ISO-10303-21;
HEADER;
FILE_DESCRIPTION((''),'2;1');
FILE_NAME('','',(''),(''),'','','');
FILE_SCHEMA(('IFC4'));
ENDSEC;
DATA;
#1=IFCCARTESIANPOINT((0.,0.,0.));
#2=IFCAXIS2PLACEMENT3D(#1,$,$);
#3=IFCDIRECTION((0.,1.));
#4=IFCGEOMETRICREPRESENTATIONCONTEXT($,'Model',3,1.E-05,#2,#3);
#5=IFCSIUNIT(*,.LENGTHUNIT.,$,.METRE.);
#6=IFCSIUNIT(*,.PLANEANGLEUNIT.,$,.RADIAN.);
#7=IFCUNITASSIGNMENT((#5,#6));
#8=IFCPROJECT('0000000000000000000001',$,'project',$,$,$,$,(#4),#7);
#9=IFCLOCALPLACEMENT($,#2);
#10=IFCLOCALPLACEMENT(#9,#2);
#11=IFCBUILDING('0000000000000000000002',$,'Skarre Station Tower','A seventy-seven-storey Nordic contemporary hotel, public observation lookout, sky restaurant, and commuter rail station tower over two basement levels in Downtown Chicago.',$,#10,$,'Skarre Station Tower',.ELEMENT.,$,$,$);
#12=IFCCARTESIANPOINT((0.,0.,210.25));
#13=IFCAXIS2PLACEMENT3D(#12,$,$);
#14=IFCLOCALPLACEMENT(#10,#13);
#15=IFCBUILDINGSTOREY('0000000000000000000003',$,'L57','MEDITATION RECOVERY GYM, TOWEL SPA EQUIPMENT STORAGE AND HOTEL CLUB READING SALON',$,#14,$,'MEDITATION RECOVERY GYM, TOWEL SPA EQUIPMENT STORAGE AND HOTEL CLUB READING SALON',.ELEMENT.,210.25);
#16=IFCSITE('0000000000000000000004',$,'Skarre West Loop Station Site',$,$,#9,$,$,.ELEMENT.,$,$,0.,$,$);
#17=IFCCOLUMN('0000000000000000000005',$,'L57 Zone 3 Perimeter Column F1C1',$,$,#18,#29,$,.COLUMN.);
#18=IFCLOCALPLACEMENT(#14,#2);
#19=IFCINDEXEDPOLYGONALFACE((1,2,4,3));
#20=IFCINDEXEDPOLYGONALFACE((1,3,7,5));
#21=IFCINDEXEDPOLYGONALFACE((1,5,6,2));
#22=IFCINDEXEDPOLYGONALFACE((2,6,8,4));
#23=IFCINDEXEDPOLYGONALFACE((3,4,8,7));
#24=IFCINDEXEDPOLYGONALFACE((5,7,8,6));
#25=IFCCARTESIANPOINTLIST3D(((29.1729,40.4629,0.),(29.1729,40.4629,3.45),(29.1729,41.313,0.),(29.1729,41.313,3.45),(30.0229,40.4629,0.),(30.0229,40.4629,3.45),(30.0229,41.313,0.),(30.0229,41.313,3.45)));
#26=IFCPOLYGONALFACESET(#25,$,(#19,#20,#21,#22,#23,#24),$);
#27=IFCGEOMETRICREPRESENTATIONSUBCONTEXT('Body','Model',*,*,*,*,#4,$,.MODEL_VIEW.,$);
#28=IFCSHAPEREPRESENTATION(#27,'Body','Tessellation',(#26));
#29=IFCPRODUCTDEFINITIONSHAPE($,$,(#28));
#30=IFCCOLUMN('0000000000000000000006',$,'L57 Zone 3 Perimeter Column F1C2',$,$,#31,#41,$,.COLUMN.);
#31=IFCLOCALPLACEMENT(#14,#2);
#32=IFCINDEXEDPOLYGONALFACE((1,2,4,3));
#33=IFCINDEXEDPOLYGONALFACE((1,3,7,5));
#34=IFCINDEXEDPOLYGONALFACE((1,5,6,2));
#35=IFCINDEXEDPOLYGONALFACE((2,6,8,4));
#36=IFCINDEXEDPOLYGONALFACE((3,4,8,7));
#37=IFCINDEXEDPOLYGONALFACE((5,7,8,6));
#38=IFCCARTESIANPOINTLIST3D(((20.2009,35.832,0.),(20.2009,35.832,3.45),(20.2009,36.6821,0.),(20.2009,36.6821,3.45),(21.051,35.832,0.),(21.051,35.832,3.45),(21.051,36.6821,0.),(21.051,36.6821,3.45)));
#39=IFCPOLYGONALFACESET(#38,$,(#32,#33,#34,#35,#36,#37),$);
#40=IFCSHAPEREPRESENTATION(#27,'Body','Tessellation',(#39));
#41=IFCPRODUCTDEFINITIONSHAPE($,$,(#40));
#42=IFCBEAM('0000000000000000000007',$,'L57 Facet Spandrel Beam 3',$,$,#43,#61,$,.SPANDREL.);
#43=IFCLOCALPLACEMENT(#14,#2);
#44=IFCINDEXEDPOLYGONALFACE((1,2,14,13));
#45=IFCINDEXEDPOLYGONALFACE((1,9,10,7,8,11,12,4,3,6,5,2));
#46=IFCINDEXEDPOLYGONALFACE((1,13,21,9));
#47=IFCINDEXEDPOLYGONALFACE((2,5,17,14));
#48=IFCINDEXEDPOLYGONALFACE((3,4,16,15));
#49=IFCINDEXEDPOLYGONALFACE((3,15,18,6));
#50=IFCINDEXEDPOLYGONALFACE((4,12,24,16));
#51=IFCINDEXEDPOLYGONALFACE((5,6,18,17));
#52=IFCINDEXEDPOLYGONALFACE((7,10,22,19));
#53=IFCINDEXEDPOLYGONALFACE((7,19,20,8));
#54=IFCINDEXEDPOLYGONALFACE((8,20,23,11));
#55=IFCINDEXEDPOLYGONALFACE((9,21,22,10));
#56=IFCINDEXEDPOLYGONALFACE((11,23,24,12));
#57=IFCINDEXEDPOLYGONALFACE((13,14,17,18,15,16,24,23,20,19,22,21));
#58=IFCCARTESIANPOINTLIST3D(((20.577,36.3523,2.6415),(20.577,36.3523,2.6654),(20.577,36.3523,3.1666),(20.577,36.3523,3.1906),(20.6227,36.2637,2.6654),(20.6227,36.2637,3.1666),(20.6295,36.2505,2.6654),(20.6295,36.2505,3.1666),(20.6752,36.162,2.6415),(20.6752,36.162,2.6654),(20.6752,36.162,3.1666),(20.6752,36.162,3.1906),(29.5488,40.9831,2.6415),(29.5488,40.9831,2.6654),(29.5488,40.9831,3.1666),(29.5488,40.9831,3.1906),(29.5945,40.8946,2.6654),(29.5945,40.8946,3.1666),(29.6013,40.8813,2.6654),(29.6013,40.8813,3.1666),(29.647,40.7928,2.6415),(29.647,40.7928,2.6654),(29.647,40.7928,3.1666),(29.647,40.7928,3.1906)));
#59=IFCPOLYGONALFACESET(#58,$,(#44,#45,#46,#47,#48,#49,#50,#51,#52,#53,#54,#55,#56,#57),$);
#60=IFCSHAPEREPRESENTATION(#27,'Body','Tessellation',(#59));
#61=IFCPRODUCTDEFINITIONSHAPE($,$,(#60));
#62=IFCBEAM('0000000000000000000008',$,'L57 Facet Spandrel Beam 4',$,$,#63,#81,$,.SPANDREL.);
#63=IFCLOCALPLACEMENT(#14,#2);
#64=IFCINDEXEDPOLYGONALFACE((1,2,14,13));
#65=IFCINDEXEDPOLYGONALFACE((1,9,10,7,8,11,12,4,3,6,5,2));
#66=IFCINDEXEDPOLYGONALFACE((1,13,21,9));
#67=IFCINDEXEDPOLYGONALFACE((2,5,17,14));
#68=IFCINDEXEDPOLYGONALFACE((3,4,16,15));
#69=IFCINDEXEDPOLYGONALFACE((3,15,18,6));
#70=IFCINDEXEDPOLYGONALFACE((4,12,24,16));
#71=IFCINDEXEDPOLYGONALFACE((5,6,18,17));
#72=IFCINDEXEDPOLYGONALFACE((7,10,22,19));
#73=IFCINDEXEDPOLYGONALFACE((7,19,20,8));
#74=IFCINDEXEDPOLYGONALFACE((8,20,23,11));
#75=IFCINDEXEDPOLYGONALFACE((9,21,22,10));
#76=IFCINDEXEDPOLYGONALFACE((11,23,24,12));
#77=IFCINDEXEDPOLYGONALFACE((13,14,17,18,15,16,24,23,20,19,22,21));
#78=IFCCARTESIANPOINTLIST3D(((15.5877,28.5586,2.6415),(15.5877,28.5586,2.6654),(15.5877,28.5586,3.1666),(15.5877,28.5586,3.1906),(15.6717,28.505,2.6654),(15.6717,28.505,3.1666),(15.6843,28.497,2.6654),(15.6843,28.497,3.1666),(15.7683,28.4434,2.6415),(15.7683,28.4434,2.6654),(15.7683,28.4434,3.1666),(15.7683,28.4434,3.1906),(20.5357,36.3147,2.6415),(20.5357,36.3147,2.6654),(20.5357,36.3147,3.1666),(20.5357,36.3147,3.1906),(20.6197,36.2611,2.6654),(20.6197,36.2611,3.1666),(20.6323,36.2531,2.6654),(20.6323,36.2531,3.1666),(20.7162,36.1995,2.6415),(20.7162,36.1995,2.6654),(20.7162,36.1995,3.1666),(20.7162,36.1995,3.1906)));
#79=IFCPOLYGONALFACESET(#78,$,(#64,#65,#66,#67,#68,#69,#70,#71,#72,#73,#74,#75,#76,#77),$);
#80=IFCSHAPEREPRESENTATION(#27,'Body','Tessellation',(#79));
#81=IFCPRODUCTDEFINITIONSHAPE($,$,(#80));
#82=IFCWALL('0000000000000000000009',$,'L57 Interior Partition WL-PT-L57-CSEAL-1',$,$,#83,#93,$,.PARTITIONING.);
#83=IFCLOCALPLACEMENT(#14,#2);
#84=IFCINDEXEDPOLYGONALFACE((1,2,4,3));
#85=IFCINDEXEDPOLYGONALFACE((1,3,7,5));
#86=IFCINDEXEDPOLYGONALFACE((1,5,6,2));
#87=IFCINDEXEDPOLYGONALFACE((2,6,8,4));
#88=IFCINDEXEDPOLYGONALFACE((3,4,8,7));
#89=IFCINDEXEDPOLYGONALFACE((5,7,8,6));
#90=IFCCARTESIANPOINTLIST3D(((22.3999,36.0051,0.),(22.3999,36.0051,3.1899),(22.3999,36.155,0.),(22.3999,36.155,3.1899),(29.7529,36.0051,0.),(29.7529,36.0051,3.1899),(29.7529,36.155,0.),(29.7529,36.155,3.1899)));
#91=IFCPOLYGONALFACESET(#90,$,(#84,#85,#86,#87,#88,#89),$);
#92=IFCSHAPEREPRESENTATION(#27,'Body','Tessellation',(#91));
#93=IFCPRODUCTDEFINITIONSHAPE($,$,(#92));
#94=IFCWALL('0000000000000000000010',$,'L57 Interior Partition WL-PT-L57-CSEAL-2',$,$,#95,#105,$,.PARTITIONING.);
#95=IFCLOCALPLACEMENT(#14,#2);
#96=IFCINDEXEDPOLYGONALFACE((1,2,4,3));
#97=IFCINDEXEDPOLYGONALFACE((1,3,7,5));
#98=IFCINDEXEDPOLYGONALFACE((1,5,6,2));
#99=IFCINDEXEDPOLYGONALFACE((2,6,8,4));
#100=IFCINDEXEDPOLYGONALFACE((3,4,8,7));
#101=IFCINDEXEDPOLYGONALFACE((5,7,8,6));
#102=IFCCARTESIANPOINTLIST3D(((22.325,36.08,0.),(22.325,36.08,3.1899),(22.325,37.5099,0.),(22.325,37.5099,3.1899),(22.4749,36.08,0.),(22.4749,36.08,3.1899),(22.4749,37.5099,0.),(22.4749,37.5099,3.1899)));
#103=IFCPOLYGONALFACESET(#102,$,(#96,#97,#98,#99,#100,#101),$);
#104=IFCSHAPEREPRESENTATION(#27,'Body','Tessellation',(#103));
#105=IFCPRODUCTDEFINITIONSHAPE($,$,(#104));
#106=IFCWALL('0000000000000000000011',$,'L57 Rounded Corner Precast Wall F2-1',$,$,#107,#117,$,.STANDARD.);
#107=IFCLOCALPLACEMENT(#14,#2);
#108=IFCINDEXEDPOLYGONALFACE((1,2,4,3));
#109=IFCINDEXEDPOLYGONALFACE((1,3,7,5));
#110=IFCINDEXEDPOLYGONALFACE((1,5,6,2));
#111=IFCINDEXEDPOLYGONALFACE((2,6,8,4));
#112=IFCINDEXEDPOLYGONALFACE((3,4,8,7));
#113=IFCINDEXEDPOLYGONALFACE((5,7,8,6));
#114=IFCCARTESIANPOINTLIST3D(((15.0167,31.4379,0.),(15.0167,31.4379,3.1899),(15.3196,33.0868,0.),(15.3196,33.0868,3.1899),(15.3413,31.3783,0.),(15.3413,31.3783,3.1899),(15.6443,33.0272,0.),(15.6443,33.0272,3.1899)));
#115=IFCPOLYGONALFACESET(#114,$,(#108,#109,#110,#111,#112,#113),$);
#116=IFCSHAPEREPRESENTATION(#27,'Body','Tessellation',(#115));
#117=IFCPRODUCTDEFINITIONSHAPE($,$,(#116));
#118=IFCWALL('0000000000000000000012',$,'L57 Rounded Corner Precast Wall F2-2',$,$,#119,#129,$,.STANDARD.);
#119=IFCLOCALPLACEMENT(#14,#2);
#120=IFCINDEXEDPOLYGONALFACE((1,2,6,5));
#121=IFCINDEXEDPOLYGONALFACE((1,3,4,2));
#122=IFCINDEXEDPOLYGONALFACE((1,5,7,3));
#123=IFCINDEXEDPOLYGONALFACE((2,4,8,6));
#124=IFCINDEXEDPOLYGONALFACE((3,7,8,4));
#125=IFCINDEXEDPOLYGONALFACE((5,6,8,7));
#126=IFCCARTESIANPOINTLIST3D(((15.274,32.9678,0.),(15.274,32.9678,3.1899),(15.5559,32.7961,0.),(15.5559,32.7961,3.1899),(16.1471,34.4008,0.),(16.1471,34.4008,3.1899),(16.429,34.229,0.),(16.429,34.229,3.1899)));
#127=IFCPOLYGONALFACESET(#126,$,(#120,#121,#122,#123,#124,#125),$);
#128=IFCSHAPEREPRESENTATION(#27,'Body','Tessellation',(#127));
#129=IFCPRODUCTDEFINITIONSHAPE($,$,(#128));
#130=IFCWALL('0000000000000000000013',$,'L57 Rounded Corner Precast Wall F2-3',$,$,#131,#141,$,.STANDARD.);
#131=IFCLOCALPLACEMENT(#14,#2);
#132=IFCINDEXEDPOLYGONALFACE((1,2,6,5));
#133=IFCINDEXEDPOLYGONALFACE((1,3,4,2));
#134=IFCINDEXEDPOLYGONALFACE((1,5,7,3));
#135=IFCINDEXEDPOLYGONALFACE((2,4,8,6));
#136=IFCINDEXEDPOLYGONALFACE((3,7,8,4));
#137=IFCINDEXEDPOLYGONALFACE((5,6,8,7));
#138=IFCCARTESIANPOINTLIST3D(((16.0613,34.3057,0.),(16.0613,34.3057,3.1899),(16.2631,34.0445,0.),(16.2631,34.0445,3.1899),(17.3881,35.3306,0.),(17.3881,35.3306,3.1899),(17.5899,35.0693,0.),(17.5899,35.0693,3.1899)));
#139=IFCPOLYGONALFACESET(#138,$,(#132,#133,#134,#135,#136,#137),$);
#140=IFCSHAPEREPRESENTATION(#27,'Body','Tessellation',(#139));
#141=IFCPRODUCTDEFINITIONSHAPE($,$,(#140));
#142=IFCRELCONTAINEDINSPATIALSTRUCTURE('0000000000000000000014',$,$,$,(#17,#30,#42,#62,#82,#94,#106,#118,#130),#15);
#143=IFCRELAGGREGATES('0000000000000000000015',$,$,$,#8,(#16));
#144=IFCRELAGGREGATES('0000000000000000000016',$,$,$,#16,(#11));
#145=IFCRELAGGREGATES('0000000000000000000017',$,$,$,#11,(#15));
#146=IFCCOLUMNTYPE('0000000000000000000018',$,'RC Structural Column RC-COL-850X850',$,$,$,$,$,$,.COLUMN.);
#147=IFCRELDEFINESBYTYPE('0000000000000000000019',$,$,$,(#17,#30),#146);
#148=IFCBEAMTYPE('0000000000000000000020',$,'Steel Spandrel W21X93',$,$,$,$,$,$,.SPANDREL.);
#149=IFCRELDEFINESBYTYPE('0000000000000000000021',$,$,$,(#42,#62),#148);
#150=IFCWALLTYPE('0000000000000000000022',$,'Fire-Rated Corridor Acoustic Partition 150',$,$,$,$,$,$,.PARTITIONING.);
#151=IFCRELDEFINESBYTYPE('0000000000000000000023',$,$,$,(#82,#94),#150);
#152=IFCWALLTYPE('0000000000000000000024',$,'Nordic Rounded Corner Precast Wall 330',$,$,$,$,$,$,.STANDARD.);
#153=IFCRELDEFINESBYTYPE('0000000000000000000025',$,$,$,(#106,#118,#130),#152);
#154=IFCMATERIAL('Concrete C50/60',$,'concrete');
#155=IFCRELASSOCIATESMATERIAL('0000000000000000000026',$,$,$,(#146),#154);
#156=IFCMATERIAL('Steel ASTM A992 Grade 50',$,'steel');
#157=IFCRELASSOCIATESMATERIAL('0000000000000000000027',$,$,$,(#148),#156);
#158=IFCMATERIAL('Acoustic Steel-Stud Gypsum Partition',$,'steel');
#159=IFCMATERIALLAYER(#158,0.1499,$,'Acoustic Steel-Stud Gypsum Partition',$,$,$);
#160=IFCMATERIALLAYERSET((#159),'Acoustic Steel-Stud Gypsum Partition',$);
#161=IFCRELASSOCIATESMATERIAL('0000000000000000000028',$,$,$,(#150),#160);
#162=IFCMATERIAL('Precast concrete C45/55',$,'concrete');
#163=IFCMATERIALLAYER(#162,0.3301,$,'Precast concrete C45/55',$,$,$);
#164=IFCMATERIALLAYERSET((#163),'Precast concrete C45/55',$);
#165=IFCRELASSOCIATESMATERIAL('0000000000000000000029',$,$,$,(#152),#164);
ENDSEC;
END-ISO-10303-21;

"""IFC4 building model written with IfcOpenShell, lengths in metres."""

from ifc_helpers import new_model, si_unit, direction, frame, frame_2d, origin, origin_2d, place, context, subcontext, project, spatial, rectangle, i_section, extrude, material, layer, layer_set, material_profile, profile_set, type_object, element, save


model = new_model("IFC4")

# Units and contexts
model_context = context("Model", 3, precision=1e-05, world=origin(), true_north=direction((0.0, 1.0)))
body_context = subcontext(model_context, "Body", "Model", "MODEL_VIEW")
ifc_project = project(units=[si_unit("LENGTHUNIT", "METRE"), si_unit("PLANEANGLEUNIT", "RADIAN")], contexts=[model_context])

# Site, building, storey
site_placement = place(None, origin())
site = spatial("IfcSite", under=ifc_project, at=site_placement, Name="Skarre West Loop Station Site", CompositionType="ELEMENT", RefElevation=0.0)
building_placement = place(site_placement, origin())
building = spatial("IfcBuilding", under=site, at=building_placement, Name="Skarre Station Tower", Description="A seventy-seven-storey Nordic contemporary hotel, public observation lookout, sky restaurant, and commuter rail station tower over two basement levels in Downtown Chicago.", LongName="Skarre Station Tower", CompositionType="ELEMENT")
storey_placement = place(building_placement, frame((0.0, 0.0, 210.25)))
storey = spatial("IfcBuildingStorey", under=building, at=storey_placement, Name="L57", Description="MEDITATION RECOVERY GYM, TOWEL SPA EQUIPMENT STORAGE AND HOTEL CLUB READING SALON", LongName="MEDITATION RECOVERY GYM, TOWEL SPA EQUIPMENT STORAGE AND HOTEL CLUB READING SALON", CompositionType="ELEMENT", Elevation=210.25)

# Columns
ifc_material_1 = material(Name="Concrete C50/60", Category="concrete")
ifc_material_profile_1 = material_profile(ifc_material_1, rectangle(XDim=0.8501, YDim=0.8501, at=origin_2d()), Name="Concrete C50/60")
ifc_profile_set_1 = profile_set([ifc_material_profile_1], Name="Concrete C50/60")
column_type = type_object("IfcColumnType", Name="RC Structural Column RC-COL-850X850", PredefinedType="COLUMN", material=ifc_profile_set_1)
for number, where, z_axis, x_axis, name in (
    (1, (29.5979, 40.8879, 0.0), (0.0, 0.0, 1.0), (1.0, 0.0, 0.0), "L57 Zone 3 Perimeter Column F1C1"),
    (2, (20.626, 36.2571, 0.0), (0.0, 0.0, 1.0), (1.0, 0.0, 0.0), "L57 Zone 3 Perimeter Column F1C2"),
):
    element("IfcColumn", number, at=place(storey_placement, frame(where, z_axis=z_axis, x_axis=x_axis)), inside=storey, type_object=column_type, Name=name, PredefinedType="COLUMN", context=body_context, shape_type="SweptSolid", body=[
        extrude(rectangle(XDim=0.8501, YDim=0.8501, at=origin_2d()), origin(), (0.0, 0.0, 1.0), 3.45),
    ])

# Beams
ifc_material_2 = material(Name="Steel ASTM A992 Grade 50", Category="steel")
ifc_material_profile_2 = material_profile(ifc_material_2, i_section(OverallWidth=0.2141, OverallDepth=0.5491, WebThickness=0.0149, FlangeThickness=0.0239, at=origin_2d()), Name="Steel ASTM A992 Grade 50")
ifc_profile_set_2 = profile_set([ifc_material_profile_2], Name="Steel ASTM A992 Grade 50")
beam_type = type_object("IfcBeamType", Name="Steel Spandrel W21X93", PredefinedType="SPANDREL", material=ifc_profile_set_2)
beam_1_placement = place(storey_placement, frame((29.5979, 40.8879, 2.916), z_axis=(-0.888613, -0.458658, 0.0), x_axis=(0.458658, -0.888613, 0.0)))
element("IfcBeam", 3, at=beam_1_placement, inside=storey, type_object=beam_type, Name="L57 Facet Spandrel Beam 3", PredefinedType="SPANDREL", context=body_context, shape_type="SweptSolid", body=[
    extrude(i_section(OverallWidth=0.2141, OverallDepth=0.5491, WebThickness=0.0149, FlangeThickness=0.0239, at=origin_2d()), origin(), (0.0, 0.0, 1.0), 10.0964),
])
beam_2_placement = place(storey_placement, frame((20.626, 36.2571, 2.916), z_axis=(-0.537826, -0.843056, 0.0), x_axis=(0.843056, -0.537826, 0.0)))
element("IfcBeam", 4, at=beam_2_placement, inside=storey, type_object=beam_type, Name="L57 Facet Spandrel Beam 4", PredefinedType="SPANDREL", context=body_context, shape_type="SweptSolid", body=[
    extrude(i_section(OverallWidth=0.2141, OverallDepth=0.5491, WebThickness=0.0149, FlangeThickness=0.0239, at=origin_2d()), origin(), (0.0, 0.0, 1.0), 9.2),
])

# Walls
ifc_material_3 = material(Name="Acoustic Steel-Stud Gypsum Partition", Category="steel")
ifc_layer_1 = layer(ifc_material_3, 0.1499, Name="Acoustic Steel-Stud Gypsum Partition")
ifc_layer_set_1 = layer_set([ifc_layer_1], Name="Acoustic Steel-Stud Gypsum Partition")
wall_type_1 = type_object("IfcWallType", Name="Fire-Rated Corridor Acoustic Partition 150", PredefinedType="PARTITIONING", material=ifc_layer_set_1)
wall_1_placement = place(storey_placement, frame((29.7529, 36.0801, 0.0), z_axis=(0.0, 0.0, 1.0), x_axis=(-1.0, 0.0, 0.0)))
element("IfcWall", 5, at=wall_1_placement, inside=storey, type_object=wall_type_1, Name="L57 Interior Partition WL-PT-L57-CSEAL-1", PredefinedType="PARTITIONING", context=body_context, shape_type="SweptSolid", body=[
    extrude(rectangle(XDim=7.353, YDim=0.1499, at=frame_2d((3.6765, 0.0))), origin(), (0.0, 0.0, 1.0), 3.1899),
])
wall_2_placement = place(storey_placement, frame((22.3999, 36.0801, 0.0), z_axis=(0.0, 0.0, 1.0), x_axis=(0.0, 1.0, 0.0)))
element("IfcWall", 6, at=wall_2_placement, inside=storey, type_object=wall_type_1, Name="L57 Interior Partition WL-PT-L57-CSEAL-2", PredefinedType="PARTITIONING", context=body_context, shape_type="SweptSolid", body=[
    extrude(rectangle(XDim=1.4299, YDim=0.1499, at=frame_2d((0.7148, 0.0))), origin(), (0.0, 0.0, 1.0), 3.1899),
])
ifc_material_4 = material(Name="Precast concrete C45/55", Category="concrete")
ifc_layer_2 = layer(ifc_material_4, 0.3301, Name="Precast concrete C45/55")
ifc_layer_set_2 = layer_set([ifc_layer_2], Name="Precast concrete C45/55")
wall_type_2 = type_object("IfcWallType", Name="Nordic Rounded Corner Precast Wall 330", PredefinedType="STANDARD", material=ifc_layer_set_2)
wall_3_placement = place(storey_placement, frame((15.179, 31.408, 0.0), z_axis=(0.0, 0.0, 1.0), x_axis=(0.180718, 0.983535, 0.0)))
element("IfcWall", 7, at=wall_3_placement, inside=storey, type_object=wall_type_2, Name="L57 Rounded Corner Precast Wall F2-1", PredefinedType="STANDARD", context=body_context, shape_type="SweptSolid", body=[
    extrude(rectangle(XDim=1.6765, YDim=0.3301, at=frame_2d((0.8384, 0.0))), origin(), (0.0, 0.0, 1.0), 3.1899),
])
wall_4_placement = place(storey_placement, frame((15.415, 32.8821, 0.0), z_axis=(0.0, 0.0, 1.0), x_axis=(0.520325, 0.853968, 0.0)))
element("IfcWall", 8, at=wall_4_placement, inside=storey, type_object=wall_type_2, Name="L57 Rounded Corner Precast Wall F2-2", PredefinedType="STANDARD", context=body_context, shape_type="SweptSolid", body=[
    extrude(rectangle(XDim=1.678, YDim=0.3301, at=frame_2d((0.8389, 0.0))), origin(), (0.0, 0.0, 1.0), 3.1899),
])
wall_5_placement = place(storey_placement, frame((16.1621, 34.175, 0.0), z_axis=(0.0, 0.0, 1.0), x_axis=(0.79141, 0.611286, 0.0)))
element("IfcWall", 9, at=wall_5_placement, inside=storey, type_object=wall_type_2, Name="L57 Rounded Corner Precast Wall F2-3", PredefinedType="STANDARD", context=body_context, shape_type="SweptSolid", body=[
    extrude(rectangle(XDim=1.6765, YDim=0.3301, at=frame_2d((0.8384, 0.0))), origin(), (0.0, 0.0, 1.0), 3.1899),
])

save(model, "model.ifc")
